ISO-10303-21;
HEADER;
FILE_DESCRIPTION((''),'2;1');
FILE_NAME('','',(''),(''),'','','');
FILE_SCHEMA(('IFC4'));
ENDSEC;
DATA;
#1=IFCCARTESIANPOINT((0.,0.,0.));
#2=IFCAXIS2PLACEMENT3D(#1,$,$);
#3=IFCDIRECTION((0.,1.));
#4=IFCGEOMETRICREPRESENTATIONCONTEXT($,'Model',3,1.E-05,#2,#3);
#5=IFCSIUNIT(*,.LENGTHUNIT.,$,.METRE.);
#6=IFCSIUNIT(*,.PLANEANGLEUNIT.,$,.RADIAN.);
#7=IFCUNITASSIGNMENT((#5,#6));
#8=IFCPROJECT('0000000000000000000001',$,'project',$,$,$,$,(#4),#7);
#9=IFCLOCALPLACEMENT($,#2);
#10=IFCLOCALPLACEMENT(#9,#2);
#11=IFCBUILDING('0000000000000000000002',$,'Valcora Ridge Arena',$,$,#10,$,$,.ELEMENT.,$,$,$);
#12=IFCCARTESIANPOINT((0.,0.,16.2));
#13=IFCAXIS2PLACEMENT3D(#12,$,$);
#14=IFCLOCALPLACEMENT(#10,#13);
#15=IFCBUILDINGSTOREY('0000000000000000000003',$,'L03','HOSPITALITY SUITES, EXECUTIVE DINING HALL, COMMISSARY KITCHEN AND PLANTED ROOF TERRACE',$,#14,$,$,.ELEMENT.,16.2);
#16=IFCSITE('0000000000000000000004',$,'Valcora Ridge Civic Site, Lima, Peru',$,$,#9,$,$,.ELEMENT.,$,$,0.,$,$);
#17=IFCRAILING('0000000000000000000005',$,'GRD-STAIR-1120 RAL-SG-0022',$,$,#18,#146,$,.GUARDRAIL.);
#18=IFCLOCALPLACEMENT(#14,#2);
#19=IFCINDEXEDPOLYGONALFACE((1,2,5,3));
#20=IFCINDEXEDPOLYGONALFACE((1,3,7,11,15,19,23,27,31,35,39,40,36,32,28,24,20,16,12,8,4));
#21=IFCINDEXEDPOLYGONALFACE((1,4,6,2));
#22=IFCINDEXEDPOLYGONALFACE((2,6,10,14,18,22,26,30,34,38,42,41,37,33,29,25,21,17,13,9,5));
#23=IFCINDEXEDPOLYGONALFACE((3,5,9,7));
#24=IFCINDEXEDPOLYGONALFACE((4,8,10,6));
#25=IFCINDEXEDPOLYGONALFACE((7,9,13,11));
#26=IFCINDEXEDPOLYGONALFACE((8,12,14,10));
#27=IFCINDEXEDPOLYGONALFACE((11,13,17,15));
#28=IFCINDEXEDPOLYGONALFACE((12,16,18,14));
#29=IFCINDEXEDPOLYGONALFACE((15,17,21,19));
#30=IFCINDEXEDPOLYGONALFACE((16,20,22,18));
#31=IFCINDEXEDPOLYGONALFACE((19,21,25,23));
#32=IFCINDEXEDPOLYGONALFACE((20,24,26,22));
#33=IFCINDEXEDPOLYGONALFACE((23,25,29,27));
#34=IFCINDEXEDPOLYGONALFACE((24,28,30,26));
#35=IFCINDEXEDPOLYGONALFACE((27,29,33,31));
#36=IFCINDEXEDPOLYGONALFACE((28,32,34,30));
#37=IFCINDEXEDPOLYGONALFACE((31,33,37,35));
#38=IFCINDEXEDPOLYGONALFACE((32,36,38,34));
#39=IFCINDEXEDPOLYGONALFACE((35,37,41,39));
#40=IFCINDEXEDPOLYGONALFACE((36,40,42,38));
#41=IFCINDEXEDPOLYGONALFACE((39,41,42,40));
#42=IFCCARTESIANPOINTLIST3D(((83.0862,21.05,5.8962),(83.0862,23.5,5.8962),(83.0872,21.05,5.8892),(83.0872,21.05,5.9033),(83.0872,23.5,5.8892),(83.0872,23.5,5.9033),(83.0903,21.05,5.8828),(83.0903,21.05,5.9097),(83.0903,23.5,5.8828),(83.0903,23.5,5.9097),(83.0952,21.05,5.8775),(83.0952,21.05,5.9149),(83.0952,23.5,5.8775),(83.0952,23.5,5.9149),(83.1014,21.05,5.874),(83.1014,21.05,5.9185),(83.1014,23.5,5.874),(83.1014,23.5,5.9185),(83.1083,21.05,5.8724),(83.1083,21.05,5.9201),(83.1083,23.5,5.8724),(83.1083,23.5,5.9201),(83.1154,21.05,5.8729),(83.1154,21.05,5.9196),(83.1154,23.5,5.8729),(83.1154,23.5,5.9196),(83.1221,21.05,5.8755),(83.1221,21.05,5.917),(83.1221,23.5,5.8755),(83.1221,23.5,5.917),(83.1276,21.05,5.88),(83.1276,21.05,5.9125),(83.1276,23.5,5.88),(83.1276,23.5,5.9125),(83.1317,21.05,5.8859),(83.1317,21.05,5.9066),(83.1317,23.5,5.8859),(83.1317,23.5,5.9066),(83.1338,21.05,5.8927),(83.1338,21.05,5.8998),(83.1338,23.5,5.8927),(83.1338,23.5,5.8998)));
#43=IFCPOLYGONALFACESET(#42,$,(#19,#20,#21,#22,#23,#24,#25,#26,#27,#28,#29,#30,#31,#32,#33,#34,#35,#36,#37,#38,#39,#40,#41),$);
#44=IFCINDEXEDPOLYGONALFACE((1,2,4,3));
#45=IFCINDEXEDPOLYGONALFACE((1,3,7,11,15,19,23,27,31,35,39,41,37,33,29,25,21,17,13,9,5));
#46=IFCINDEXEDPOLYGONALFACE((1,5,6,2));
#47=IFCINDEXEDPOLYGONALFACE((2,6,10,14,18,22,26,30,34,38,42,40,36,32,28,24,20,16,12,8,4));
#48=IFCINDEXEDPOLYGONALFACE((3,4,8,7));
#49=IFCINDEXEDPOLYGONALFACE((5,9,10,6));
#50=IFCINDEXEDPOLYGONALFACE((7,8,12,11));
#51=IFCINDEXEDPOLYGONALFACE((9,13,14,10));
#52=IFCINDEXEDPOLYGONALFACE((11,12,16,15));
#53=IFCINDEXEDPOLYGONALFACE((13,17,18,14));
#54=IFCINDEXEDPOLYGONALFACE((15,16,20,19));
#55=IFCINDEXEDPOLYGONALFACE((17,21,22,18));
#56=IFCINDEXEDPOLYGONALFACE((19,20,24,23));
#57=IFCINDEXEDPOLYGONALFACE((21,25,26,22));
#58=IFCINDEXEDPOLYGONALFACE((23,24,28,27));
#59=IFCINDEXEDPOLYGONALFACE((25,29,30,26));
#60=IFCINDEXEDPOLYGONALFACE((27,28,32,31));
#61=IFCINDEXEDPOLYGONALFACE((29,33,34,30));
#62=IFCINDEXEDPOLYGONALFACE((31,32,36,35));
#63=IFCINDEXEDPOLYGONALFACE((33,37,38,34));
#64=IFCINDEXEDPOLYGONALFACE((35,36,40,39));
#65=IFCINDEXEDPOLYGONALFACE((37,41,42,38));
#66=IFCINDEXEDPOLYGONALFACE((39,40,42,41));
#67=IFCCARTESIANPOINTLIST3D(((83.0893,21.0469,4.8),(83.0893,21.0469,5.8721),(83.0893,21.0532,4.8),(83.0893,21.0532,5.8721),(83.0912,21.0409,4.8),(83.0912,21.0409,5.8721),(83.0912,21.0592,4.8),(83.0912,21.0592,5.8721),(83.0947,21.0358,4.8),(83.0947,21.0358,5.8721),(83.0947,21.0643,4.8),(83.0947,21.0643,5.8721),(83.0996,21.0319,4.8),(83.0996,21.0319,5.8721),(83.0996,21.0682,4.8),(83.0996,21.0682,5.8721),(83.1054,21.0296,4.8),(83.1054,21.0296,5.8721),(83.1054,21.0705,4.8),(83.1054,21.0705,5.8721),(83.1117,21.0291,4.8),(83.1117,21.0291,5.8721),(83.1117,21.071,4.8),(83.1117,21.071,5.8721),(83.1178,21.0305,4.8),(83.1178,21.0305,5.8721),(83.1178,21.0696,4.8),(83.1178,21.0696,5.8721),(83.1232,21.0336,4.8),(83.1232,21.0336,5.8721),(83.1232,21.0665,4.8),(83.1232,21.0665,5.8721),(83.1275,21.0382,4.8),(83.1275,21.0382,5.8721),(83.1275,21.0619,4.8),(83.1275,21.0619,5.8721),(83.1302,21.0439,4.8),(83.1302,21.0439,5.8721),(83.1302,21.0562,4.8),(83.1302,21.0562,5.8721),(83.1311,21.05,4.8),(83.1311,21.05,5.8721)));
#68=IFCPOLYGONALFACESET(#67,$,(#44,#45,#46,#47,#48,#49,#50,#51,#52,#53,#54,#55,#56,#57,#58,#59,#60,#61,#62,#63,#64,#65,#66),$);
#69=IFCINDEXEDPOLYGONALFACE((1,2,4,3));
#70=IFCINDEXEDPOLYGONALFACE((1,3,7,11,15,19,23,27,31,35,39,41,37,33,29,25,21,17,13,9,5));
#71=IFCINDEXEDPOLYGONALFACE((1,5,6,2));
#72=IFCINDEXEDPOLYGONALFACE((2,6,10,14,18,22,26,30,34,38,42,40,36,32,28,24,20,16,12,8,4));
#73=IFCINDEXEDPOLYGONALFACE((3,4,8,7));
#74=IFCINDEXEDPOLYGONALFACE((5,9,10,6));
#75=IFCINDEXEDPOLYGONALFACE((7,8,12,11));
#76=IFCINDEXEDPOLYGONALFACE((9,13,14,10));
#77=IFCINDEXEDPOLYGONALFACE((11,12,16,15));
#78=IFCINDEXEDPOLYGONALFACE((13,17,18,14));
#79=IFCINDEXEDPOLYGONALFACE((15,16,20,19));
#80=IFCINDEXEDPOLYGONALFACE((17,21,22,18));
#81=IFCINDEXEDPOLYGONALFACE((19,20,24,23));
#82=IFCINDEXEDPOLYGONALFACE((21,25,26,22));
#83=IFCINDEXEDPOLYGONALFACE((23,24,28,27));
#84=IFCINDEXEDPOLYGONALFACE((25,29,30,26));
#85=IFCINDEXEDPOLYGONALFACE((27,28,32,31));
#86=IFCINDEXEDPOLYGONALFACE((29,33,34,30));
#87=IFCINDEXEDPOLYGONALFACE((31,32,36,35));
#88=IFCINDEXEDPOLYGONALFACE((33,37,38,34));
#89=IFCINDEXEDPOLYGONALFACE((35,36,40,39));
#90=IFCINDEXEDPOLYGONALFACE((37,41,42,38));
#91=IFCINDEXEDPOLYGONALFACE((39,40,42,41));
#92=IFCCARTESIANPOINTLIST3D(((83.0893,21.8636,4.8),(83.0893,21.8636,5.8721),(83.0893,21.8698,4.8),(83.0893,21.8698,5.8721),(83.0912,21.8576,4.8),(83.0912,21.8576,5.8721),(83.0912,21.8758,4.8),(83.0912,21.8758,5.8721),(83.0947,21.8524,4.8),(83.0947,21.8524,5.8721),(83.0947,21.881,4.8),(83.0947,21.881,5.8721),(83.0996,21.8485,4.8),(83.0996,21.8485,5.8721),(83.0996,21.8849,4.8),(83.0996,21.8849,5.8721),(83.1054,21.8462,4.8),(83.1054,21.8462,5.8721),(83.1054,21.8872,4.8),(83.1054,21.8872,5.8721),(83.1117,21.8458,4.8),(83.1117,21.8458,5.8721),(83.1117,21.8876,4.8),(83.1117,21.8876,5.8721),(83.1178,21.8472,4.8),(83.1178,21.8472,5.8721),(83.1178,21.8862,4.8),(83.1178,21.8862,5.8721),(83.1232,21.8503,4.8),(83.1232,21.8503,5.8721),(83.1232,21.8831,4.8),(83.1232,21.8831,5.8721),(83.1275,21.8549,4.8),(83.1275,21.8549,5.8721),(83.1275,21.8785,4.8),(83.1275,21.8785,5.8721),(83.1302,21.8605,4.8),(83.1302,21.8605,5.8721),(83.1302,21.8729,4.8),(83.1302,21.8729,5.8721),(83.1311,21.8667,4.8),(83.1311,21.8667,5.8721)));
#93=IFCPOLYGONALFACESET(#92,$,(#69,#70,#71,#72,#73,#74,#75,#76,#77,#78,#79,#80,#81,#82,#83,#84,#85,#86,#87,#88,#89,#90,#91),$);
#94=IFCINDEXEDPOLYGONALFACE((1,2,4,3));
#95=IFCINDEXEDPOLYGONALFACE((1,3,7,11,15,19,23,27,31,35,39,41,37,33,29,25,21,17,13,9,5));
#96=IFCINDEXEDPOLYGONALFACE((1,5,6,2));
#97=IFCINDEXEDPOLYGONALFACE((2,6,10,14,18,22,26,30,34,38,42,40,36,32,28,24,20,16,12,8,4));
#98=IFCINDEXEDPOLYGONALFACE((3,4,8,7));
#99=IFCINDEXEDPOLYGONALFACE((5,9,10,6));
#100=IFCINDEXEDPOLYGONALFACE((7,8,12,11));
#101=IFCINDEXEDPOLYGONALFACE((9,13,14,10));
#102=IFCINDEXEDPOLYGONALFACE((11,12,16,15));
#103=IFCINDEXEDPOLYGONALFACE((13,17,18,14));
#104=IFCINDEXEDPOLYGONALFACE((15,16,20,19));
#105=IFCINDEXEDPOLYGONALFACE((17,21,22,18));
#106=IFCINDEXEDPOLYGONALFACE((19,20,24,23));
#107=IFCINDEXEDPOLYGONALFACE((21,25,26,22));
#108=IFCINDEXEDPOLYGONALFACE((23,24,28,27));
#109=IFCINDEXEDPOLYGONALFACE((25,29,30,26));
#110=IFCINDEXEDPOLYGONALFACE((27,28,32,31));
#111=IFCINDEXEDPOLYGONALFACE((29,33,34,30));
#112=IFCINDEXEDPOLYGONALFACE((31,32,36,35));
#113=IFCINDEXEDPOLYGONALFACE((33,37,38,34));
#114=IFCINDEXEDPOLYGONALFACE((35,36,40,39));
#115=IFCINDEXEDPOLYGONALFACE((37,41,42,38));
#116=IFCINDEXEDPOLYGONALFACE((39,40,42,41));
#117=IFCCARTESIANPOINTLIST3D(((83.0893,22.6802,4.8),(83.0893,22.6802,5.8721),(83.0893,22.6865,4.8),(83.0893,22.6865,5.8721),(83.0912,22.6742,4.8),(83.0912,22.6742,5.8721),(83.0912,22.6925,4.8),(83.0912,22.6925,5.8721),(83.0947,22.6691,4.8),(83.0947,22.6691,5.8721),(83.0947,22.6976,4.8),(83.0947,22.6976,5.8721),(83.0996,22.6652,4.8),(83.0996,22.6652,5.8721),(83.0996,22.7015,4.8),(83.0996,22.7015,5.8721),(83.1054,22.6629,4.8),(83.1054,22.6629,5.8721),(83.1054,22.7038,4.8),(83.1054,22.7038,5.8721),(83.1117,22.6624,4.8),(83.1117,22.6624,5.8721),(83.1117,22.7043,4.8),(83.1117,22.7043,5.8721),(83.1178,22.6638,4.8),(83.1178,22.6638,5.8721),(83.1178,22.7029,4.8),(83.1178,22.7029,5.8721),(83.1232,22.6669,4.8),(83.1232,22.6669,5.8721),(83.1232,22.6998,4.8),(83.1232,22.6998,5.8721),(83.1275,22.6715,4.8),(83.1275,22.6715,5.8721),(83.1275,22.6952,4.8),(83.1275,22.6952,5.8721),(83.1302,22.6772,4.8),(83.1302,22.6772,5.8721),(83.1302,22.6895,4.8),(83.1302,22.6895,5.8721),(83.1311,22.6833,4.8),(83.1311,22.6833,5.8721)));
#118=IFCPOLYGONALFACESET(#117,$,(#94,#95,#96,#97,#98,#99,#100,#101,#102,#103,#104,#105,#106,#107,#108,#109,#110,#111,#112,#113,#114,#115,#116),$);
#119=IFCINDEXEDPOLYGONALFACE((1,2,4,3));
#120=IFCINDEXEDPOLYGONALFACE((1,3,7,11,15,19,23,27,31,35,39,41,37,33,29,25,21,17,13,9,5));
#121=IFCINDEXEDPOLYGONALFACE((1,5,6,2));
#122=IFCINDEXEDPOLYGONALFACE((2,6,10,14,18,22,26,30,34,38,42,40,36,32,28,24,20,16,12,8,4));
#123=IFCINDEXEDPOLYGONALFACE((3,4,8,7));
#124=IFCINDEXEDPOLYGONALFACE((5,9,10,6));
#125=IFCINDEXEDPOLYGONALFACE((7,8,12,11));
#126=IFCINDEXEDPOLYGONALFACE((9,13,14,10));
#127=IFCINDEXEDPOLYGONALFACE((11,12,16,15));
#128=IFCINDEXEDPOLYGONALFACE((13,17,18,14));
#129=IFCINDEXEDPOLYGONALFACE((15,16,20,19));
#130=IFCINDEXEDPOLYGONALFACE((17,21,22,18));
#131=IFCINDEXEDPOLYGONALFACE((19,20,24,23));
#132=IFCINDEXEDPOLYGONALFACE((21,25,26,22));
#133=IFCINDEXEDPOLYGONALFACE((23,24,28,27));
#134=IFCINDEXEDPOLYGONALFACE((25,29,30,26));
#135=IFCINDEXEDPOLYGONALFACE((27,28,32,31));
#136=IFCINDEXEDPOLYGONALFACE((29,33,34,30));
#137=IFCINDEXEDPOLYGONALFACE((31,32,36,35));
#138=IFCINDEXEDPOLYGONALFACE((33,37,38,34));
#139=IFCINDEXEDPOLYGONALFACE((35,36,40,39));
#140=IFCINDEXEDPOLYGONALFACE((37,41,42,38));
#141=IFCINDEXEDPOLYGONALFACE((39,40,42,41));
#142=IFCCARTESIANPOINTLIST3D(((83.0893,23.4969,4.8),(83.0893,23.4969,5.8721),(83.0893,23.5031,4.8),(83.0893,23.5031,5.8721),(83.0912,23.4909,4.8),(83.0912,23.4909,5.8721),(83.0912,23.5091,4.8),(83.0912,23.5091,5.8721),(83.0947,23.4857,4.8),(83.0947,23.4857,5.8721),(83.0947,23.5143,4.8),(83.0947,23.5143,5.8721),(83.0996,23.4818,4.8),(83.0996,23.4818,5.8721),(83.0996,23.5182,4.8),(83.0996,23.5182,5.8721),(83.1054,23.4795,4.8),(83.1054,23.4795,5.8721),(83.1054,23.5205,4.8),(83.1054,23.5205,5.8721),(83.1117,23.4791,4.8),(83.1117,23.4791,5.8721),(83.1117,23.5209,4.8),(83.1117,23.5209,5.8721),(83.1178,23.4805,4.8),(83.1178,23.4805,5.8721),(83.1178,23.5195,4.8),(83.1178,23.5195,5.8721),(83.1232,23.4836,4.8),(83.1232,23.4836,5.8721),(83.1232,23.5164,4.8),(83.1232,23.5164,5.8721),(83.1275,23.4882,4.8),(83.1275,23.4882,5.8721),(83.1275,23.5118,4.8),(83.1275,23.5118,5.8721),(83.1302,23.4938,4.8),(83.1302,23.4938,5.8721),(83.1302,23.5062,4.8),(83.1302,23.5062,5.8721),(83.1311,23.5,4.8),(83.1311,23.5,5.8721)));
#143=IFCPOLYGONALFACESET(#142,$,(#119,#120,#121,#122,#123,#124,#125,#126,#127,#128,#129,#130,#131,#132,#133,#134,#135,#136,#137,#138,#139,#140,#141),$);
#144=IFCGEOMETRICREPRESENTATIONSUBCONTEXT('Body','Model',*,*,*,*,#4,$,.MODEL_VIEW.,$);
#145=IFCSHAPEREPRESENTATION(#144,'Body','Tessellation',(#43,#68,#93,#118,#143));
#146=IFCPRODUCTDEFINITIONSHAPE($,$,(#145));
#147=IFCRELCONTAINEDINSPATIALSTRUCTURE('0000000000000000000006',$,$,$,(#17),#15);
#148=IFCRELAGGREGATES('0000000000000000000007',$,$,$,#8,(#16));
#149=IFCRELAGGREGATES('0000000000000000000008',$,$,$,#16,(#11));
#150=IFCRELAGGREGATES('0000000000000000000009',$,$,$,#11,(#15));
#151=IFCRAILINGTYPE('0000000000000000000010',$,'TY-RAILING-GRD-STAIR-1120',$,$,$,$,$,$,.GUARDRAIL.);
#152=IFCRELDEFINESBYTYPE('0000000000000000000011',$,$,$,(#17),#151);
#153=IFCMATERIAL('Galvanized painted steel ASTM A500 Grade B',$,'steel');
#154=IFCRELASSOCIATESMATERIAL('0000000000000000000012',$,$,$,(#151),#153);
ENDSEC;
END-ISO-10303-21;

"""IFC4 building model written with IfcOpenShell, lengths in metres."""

from ifc_helpers import new_model, si_unit, direction, frame, origin, origin_2d, place, context, subcontext, project, spatial, circle, extrude, material, type_object, element, save


model = new_model("IFC4")

# Units and contexts
model_context = context("Model", 3, precision=1e-05, world=origin(), true_north=direction((0.0, 1.0)))
body_context = subcontext(model_context, "Body", "Model", "MODEL_VIEW")
ifc_project = project(units=[si_unit("LENGTHUNIT", "METRE"), si_unit("PLANEANGLEUNIT", "RADIAN")], contexts=[model_context])

# Site, building, storey
site_placement = place(None, origin())
site = spatial("IfcSite", under=ifc_project, at=site_placement, Name="Valcora Ridge Civic Site, Lima, Peru", CompositionType="ELEMENT", RefElevation=0.0)
building_placement = place(site_placement, origin())
building = spatial("IfcBuilding", under=site, at=building_placement, Name="Valcora Ridge Arena", CompositionType="ELEMENT")
storey_placement = place(building_placement, frame((0.0, 0.0, 16.2)))
storey = spatial("IfcBuildingStorey", under=building, at=storey_placement, Name="L03", Description="HOSPITALITY SUITES, EXECUTIVE DINING HALL, COMMISSARY KITCHEN AND PLANTED ROOF TERRACE", CompositionType="ELEMENT", Elevation=16.2)

# Railing
ifc_material_1 = material(Name="Galvanized painted steel ASTM A500 Grade B", Category="steel")
railing_type_1 = type_object("IfcRailingType", Name="TY-RAILING-GRD-STAIR-1120", PredefinedType="GUARDRAIL", material=ifc_material_1)
railing_1_placement = place(storey_placement, frame((83.1101, 21.05, 4.8)))
element("IfcRailing", 1, at=railing_1_placement, inside=storey, type_object=railing_type_1, Name="GRD-STAIR-1120 RAL-SG-0022", PredefinedType="GUARDRAIL", context=body_context, shape_type="SweptSolid", body=[
    extrude(circle(Radius=0.0239, at=origin_2d()), frame((0.0, 0.0, 1.0962), z_axis=(0.0, 1.0, 0.0), x_axis=(-1.0, 0.0, 0.0)), (0.0, 0.0, 1.0), 2.45),
    extrude(circle(Radius=0.021, at=origin_2d()), origin(), (0.0, 0.0, 1.0), 1.072),
    extrude(circle(Radius=0.021, at=origin_2d()), frame((0.0, 0.8167, 0.0)), (0.0, 0.0, 1.0), 1.072),
    extrude(circle(Radius=0.021, at=origin_2d()), frame((0.0, 1.6333, 0.0)), (0.0, 0.0, 1.0), 1.072),
    extrude(circle(Radius=0.021, at=origin_2d()), frame((0.0, 2.45, 0.0)), (0.0, 0.0, 1.0), 1.072),
])

save(model, "model.ifc")
